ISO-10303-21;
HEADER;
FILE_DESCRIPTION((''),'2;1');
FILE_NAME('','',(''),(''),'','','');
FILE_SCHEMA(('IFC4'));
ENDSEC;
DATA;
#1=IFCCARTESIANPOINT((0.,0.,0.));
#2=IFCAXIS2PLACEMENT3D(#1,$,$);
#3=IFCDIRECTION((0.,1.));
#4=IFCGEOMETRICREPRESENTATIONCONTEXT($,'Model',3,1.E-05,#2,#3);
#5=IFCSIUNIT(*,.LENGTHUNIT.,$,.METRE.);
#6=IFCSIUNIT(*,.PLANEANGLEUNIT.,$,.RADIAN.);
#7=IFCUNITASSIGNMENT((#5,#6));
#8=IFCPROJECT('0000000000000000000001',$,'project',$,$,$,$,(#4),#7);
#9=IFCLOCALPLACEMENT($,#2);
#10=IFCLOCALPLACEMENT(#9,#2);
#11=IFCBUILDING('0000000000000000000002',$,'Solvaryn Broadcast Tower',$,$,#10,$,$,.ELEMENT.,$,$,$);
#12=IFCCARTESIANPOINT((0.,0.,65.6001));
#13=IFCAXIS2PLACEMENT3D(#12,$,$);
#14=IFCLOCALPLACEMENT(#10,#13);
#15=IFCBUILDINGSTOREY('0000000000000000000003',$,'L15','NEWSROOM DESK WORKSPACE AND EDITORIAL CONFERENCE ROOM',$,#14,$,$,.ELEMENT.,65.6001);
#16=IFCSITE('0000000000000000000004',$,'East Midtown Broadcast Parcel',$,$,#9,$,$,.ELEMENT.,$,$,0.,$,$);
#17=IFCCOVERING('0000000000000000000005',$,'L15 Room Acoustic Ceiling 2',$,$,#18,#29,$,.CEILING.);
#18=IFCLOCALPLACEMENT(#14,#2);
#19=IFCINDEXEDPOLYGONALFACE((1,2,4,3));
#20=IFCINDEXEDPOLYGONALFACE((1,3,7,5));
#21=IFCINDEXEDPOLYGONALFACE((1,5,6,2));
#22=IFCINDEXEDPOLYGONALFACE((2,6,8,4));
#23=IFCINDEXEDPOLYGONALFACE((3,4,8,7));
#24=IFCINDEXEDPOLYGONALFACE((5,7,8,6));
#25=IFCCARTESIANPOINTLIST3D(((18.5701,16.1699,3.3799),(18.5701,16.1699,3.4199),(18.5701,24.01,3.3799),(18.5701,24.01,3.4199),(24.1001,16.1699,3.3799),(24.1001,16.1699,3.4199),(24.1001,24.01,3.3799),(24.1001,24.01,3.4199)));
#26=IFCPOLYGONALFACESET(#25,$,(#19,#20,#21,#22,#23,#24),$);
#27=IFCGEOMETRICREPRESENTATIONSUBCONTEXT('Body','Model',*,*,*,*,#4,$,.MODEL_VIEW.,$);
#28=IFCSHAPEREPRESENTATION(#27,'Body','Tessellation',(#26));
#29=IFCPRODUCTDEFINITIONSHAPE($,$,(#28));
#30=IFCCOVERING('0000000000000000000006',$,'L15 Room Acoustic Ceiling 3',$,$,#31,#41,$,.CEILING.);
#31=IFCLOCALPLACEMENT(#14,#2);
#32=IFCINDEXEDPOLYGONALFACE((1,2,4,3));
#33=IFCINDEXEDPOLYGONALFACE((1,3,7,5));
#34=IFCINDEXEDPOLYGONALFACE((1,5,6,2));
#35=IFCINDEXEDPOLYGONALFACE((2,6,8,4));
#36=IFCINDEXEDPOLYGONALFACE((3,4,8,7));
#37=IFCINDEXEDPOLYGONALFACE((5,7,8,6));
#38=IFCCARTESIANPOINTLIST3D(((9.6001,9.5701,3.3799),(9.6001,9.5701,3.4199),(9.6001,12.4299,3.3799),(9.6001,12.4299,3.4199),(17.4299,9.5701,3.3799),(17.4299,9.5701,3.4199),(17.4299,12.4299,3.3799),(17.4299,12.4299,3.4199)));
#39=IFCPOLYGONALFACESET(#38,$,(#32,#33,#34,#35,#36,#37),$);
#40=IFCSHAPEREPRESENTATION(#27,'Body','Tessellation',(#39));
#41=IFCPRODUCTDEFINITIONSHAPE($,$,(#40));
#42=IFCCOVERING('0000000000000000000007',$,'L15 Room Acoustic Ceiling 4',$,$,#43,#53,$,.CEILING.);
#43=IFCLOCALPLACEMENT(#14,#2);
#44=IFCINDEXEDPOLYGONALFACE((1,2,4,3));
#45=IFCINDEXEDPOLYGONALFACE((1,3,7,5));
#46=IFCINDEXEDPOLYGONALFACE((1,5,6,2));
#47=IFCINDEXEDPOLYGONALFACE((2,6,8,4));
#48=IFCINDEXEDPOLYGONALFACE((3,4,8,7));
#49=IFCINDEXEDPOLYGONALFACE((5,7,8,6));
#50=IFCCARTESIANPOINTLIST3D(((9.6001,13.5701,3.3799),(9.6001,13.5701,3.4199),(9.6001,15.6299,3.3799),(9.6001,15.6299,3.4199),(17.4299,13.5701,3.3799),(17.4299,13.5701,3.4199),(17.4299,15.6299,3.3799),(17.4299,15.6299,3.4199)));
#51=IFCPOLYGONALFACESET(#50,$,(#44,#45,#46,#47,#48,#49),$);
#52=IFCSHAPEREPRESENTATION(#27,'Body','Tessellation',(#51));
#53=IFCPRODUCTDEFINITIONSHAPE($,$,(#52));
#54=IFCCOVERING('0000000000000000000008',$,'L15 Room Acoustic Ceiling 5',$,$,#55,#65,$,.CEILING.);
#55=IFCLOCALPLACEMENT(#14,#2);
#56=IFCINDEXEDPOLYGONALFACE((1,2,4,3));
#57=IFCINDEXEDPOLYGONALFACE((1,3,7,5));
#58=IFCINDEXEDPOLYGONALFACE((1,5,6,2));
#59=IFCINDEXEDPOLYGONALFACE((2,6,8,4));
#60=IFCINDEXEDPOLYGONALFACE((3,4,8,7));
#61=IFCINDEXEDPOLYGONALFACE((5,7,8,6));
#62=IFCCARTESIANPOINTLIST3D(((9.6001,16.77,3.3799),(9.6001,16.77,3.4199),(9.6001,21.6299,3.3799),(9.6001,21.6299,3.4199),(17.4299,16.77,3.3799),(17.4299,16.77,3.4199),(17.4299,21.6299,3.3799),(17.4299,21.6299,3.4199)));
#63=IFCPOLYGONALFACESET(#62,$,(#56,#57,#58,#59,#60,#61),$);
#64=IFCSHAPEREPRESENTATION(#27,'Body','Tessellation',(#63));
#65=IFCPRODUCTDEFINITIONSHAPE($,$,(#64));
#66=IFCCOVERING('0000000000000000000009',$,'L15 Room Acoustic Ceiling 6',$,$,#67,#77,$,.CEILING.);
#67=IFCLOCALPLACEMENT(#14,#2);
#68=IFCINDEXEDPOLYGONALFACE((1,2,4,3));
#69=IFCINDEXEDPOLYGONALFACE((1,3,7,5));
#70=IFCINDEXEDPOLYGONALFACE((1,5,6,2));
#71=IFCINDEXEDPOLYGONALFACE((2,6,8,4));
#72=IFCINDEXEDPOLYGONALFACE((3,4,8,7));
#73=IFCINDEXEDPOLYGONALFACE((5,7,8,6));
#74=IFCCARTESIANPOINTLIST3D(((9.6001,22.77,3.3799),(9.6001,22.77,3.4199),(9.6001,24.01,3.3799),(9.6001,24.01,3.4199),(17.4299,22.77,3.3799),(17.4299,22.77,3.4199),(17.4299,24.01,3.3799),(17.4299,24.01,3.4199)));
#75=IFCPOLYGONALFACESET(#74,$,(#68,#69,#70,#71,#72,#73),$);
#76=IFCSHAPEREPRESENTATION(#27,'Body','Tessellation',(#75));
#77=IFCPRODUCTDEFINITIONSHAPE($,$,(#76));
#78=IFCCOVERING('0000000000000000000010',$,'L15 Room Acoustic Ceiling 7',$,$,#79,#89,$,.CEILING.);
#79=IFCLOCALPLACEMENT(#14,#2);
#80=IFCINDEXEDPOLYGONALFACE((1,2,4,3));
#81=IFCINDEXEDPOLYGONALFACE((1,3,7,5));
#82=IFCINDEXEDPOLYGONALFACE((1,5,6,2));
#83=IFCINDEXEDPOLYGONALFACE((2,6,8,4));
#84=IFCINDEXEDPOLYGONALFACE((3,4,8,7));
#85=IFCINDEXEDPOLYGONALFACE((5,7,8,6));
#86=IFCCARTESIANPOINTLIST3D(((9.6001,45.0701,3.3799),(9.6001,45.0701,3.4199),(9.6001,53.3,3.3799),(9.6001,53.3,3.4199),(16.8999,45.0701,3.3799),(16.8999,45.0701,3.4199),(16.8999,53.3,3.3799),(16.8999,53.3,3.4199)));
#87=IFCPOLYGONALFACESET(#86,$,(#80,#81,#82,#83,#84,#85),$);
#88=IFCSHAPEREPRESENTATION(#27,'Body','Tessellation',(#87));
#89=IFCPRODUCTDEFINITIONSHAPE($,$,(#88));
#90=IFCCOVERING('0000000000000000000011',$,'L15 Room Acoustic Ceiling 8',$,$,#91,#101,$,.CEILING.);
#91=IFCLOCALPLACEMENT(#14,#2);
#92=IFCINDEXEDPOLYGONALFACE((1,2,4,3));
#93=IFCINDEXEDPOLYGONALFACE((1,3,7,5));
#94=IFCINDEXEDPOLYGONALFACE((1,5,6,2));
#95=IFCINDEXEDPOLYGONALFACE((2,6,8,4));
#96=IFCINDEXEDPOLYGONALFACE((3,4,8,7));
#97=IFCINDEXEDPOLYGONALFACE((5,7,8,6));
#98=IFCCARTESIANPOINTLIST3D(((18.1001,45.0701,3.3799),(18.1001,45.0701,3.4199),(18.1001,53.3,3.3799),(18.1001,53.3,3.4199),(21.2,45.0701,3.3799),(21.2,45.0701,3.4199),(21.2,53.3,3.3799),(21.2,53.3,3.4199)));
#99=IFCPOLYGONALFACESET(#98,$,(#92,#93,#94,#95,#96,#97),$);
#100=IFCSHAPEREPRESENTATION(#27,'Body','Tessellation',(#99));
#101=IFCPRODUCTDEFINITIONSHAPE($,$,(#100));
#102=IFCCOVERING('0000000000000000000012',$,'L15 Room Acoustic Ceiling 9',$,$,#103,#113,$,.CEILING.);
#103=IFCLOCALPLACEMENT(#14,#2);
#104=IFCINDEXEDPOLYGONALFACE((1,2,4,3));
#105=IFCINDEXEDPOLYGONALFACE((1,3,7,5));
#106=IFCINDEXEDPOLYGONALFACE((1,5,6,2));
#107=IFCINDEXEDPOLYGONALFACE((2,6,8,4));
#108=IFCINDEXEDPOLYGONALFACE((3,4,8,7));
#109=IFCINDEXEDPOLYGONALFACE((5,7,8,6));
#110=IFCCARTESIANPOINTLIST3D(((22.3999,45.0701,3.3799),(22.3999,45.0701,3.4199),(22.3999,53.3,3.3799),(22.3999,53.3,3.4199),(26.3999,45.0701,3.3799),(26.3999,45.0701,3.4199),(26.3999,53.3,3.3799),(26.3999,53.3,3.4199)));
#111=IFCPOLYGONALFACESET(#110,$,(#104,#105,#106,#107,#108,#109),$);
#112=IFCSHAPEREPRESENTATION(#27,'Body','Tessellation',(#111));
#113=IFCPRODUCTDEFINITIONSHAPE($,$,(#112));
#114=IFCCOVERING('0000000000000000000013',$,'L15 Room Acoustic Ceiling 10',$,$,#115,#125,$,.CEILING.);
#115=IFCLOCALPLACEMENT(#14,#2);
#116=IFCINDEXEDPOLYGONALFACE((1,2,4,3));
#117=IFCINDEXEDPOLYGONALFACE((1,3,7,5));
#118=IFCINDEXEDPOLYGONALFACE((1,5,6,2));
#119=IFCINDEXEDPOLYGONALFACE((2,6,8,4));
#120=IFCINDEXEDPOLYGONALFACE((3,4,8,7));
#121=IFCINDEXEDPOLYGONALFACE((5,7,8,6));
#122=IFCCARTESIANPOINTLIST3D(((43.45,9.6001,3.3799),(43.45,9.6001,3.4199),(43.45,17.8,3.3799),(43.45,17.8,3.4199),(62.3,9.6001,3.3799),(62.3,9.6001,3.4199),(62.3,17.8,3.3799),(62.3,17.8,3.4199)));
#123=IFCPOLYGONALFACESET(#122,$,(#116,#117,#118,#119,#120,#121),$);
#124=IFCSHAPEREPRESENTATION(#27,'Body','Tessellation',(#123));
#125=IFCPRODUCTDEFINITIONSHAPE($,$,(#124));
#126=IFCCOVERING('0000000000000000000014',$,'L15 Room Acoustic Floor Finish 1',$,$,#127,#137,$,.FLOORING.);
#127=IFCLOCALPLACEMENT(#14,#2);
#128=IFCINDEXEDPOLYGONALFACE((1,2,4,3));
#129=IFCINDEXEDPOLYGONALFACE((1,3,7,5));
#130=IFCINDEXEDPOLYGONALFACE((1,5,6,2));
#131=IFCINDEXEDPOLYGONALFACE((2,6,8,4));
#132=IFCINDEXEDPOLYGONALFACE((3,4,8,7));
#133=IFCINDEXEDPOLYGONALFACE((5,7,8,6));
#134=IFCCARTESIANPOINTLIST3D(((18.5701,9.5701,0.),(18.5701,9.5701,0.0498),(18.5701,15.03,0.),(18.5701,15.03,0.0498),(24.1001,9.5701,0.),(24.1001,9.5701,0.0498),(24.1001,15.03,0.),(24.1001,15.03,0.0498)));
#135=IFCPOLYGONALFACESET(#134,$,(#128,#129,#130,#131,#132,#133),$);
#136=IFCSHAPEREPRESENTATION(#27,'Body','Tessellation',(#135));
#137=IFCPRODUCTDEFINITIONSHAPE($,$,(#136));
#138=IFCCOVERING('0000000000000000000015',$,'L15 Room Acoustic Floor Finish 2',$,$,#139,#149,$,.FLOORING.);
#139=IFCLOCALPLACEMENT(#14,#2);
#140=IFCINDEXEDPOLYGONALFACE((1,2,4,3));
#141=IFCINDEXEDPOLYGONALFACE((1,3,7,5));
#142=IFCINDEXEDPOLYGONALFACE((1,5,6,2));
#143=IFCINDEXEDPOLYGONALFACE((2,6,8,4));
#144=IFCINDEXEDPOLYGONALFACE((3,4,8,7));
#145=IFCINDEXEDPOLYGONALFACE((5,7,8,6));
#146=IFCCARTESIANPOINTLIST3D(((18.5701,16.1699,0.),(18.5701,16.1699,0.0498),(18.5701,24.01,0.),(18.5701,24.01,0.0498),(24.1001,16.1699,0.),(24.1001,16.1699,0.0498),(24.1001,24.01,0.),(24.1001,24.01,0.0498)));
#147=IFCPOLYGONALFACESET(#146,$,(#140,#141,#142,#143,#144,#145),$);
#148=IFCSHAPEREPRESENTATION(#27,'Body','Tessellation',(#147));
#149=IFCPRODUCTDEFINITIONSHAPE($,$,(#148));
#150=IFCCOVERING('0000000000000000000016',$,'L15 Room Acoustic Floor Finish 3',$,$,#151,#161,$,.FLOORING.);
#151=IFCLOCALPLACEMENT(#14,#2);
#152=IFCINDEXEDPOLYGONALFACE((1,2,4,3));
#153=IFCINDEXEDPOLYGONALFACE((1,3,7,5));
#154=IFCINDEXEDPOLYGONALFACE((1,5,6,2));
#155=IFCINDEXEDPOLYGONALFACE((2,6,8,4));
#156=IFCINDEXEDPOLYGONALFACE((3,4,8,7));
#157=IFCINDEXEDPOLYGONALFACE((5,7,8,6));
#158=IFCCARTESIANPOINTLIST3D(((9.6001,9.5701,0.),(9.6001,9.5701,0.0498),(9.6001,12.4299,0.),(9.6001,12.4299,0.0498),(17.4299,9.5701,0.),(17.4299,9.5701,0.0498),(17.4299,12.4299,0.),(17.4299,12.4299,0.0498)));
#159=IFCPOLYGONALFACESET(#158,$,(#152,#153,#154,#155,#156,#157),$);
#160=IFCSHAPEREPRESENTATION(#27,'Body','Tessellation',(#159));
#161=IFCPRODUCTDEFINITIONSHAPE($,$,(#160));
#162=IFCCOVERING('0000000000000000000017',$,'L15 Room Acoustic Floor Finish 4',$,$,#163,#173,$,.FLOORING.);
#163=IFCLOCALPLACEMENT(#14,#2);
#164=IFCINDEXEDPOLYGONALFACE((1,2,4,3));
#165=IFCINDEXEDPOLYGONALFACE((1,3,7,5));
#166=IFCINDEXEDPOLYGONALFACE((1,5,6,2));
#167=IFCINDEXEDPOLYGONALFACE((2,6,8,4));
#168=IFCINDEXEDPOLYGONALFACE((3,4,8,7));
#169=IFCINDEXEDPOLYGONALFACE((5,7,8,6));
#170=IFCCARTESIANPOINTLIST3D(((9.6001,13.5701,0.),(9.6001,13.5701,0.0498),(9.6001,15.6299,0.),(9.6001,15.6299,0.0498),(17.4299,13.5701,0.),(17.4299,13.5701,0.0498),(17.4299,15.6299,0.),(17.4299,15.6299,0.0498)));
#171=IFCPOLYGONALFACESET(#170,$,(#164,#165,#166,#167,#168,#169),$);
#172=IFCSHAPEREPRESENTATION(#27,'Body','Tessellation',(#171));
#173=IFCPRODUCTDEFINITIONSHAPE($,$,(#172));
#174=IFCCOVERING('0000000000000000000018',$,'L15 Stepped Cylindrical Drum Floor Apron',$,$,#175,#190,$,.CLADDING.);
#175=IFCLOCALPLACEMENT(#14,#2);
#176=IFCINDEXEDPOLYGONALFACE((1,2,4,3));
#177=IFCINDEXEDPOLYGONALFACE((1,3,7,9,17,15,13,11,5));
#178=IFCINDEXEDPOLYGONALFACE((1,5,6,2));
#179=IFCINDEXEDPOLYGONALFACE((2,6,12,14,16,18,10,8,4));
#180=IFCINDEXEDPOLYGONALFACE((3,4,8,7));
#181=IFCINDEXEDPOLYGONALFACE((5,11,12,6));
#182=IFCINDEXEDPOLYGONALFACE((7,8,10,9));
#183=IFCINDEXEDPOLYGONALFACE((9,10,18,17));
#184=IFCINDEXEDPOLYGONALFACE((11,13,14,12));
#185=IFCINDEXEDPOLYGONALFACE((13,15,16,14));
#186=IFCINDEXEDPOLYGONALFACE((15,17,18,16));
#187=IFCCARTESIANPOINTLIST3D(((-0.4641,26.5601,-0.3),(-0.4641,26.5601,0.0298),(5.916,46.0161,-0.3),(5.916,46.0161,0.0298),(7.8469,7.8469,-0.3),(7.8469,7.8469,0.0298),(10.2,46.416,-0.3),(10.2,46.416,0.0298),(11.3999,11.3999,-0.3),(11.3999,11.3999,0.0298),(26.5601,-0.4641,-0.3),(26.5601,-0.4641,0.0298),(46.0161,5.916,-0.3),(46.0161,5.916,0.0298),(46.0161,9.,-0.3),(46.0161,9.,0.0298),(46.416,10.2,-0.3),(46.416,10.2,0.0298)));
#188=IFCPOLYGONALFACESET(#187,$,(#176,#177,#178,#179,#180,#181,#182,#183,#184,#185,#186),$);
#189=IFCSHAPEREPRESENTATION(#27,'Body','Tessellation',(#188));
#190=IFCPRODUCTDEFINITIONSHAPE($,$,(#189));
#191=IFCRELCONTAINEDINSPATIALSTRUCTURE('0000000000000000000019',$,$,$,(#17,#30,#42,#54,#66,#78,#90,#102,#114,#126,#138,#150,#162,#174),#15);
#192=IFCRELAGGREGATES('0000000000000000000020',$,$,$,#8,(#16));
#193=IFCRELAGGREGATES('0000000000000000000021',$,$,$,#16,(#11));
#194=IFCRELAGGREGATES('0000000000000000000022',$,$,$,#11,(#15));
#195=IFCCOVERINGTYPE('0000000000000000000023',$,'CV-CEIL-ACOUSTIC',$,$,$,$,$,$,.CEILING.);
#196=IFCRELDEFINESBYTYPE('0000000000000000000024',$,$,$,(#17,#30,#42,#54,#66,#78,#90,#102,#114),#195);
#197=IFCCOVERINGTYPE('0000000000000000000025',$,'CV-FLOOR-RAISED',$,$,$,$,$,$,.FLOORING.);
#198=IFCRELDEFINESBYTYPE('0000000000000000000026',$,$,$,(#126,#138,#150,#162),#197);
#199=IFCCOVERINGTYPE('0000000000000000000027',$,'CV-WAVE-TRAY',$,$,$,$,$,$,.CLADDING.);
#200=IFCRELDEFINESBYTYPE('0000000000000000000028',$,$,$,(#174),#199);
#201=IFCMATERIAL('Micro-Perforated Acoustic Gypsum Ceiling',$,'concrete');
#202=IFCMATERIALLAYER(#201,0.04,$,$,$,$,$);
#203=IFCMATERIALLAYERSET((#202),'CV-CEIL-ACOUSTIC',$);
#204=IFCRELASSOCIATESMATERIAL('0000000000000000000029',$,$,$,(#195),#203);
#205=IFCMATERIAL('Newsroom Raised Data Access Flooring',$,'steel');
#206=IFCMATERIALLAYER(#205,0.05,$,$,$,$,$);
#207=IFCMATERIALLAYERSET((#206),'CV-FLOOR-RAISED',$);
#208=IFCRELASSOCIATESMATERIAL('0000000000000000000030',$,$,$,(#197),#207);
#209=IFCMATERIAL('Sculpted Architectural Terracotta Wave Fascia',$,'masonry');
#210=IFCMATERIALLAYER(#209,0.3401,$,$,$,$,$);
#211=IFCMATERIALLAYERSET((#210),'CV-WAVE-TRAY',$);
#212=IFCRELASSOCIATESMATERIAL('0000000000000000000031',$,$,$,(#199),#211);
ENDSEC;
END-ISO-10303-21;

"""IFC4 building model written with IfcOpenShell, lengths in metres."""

from ifc_helpers import new_model, si_unit, direction, frame, origin, place, context, subcontext, project, spatial, polyline, outline, extrude, material, layer, layer_set, type_object, element, save


model = new_model("IFC4")

# Units and contexts
model_context = context("Model", 3, precision=1e-05, world=origin(), true_north=direction((0.0, 1.0)))
body_context = subcontext(model_context, "Body", "Model", "MODEL_VIEW")
ifc_project = project(units=[si_unit("LENGTHUNIT", "METRE"), si_unit("PLANEANGLEUNIT", "RADIAN")], contexts=[model_context])

# Site, building, storey
site_placement = place(None, origin())
site = spatial("IfcSite", under=ifc_project, at=site_placement, Name="East Midtown Broadcast Parcel", CompositionType="ELEMENT", RefElevation=0.0)
building_placement = place(site_placement, origin())
building = spatial("IfcBuilding", under=site, at=building_placement, Name="Solvaryn Broadcast Tower", CompositionType="ELEMENT")
storey_placement = place(building_placement, frame((0.0, 0.0, 65.6001)))
storey = spatial("IfcBuildingStorey", under=building, at=storey_placement, Name="L15", Description="NEWSROOM DESK WORKSPACE AND EDITORIAL CONFERENCE ROOM", CompositionType="ELEMENT", Elevation=65.6001)

# Coverings
ifc_material_1 = material(Name="Micro-Perforated Acoustic Gypsum Ceiling", Category="concrete")
ifc_layer_1 = layer(ifc_material_1, 0.04)
ifc_layer_set_1 = layer_set([ifc_layer_1], Name="CV-CEIL-ACOUSTIC")
covering_type_1 = type_object("IfcCoveringType", Name="CV-CEIL-ACOUSTIC", PredefinedType="CEILING", material=ifc_layer_set_1)
covering_1_placement = place(storey_placement, frame((0.0, 0.0, 3.3799)))
element("IfcCovering", 1, at=covering_1_placement, inside=storey, type_object=covering_type_1, Name="L15 Room Acoustic Ceiling 2", PredefinedType="CEILING", context=body_context, shape_type="SweptSolid", body=[
    extrude(outline(polyline([(18.5701, 16.1699), (24.1001, 16.1699), (24.1001, 24.01), (18.5701, 24.01), (18.5701, 16.1699)])), origin(), (0.0, 0.0, 1.0), 0.04),
])
covering_2_placement = place(storey_placement, frame((0.0, 0.0, 3.3799)))
element("IfcCovering", 2, at=covering_2_placement, inside=storey, type_object=covering_type_1, Name="L15 Room Acoustic Ceiling 3", PredefinedType="CEILING", context=body_context, shape_type="SweptSolid", body=[
    extrude(outline(polyline([(9.6001, 9.5701), (17.4299, 9.5701), (17.4299, 12.4299), (9.6001, 12.4299), (9.6001, 9.5701)])), origin(), (0.0, 0.0, 1.0), 0.04),
])
covering_3_placement = place(storey_placement, frame((0.0, 0.0, 3.3799)))
element("IfcCovering", 3, at=covering_3_placement, inside=storey, type_object=covering_type_1, Name="L15 Room Acoustic Ceiling 4", PredefinedType="CEILING", context=body_context, shape_type="SweptSolid", body=[
    extrude(outline(polyline([(9.6001, 13.5701), (17.4299, 13.5701), (17.4299, 15.6299), (9.6001, 15.6299), (9.6001, 13.5701)])), origin(), (0.0, 0.0, 1.0), 0.04),
])
covering_4_placement = place(storey_placement, frame((0.0, 0.0, 3.3799)))
element("IfcCovering", 4, at=covering_4_placement, inside=storey, type_object=covering_type_1, Name="L15 Room Acoustic Ceiling 5", PredefinedType="CEILING", context=body_context, shape_type="SweptSolid", body=[
    extrude(outline(polyline([(9.6001, 16.77), (17.4299, 16.77), (17.4299, 21.6299), (9.6001, 21.6299), (9.6001, 16.77)])), origin(), (0.0, 0.0, 1.0), 0.04),
])
covering_5_placement = place(storey_placement, frame((0.0, 0.0, 3.3799)))
element("IfcCovering", 5, at=covering_5_placement, inside=storey, type_object=covering_type_1, Name="L15 Room Acoustic Ceiling 6", PredefinedType="CEILING", context=body_context, shape_type="SweptSolid", body=[
    extrude(outline(polyline([(9.6001, 22.77), (17.4299, 22.77), (17.4299, 24.01), (9.6001, 24.01), (9.6001, 22.77)])), origin(), (0.0, 0.0, 1.0), 0.04),
])
covering_6_placement = place(storey_placement, frame((0.0, 0.0, 3.3799)))
element("IfcCovering", 6, at=covering_6_placement, inside=storey, type_object=covering_type_1, Name="L15 Room Acoustic Ceiling 7", PredefinedType="CEILING", context=body_context, shape_type="SweptSolid", body=[
    extrude(outline(polyline([(9.6001, 45.0701), (16.8999, 45.0701), (16.8999, 53.3), (9.6001, 53.3), (9.6001, 45.0701)])), origin(), (0.0, 0.0, 1.0), 0.04),
])
covering_7_placement = place(storey_placement, frame((0.0, 0.0, 3.3799)))
element("IfcCovering", 7, at=covering_7_placement, inside=storey, type_object=covering_type_1, Name="L15 Room Acoustic Ceiling 8", PredefinedType="CEILING", context=body_context, shape_type="SweptSolid", body=[
    extrude(outline(polyline([(18.1001, 45.0701), (21.2, 45.0701), (21.2, 53.3), (18.1001, 53.3), (18.1001, 45.0701)])), origin(), (0.0, 0.0, 1.0), 0.04),
])
covering_8_placement = place(storey_placement, frame((0.0, 0.0, 3.3799)))
element("IfcCovering", 8, at=covering_8_placement, inside=storey, type_object=covering_type_1, Name="L15 Room Acoustic Ceiling 9", PredefinedType="CEILING", context=body_context, shape_type="SweptSolid", body=[
    extrude(outline(polyline([(22.3999, 45.0701), (26.3999, 45.0701), (26.3999, 53.3), (22.3999, 53.3), (22.3999, 45.0701)])), origin(), (0.0, 0.0, 1.0), 0.04),
])
covering_9_placement = place(storey_placement, frame((0.0, 0.0, 3.3799)))
element("IfcCovering", 9, at=covering_9_placement, inside=storey, type_object=covering_type_1, Name="L15 Room Acoustic Ceiling 10", PredefinedType="CEILING", context=body_context, shape_type="SweptSolid", body=[
    extrude(outline(polyline([(43.45, 9.6001), (62.3, 9.6001), (62.3, 17.8), (43.45, 17.8), (43.45, 9.6001)])), origin(), (0.0, 0.0, 1.0), 0.04),
])
ifc_material_2 = material(Name="Newsroom Raised Data Access Flooring", Category="steel")
ifc_layer_2 = layer(ifc_material_2, 0.05)
ifc_layer_set_2 = layer_set([ifc_layer_2], Name="CV-FLOOR-RAISED")
covering_type_2 = type_object("IfcCoveringType", Name="CV-FLOOR-RAISED", PredefinedType="FLOORING", material=ifc_layer_set_2)
covering_10_placement = place(storey_placement, origin())
element("IfcCovering", 10, at=covering_10_placement, inside=storey, type_object=covering_type_2, Name="L15 Room Acoustic Floor Finish 1", PredefinedType="FLOORING", context=body_context, shape_type="SweptSolid", body=[
    extrude(outline(polyline([(18.5701, 9.5701), (24.1001, 9.5701), (24.1001, 15.03), (18.5701, 15.03), (18.5701, 9.5701)])), origin(), (0.0, 0.0, 1.0), 0.0498),
])
covering_11_placement = place(storey_placement, origin())
element("IfcCovering", 11, at=covering_11_placement, inside=storey, type_object=covering_type_2, Name="L15 Room Acoustic Floor Finish 2", PredefinedType="FLOORING", context=body_context, shape_type="SweptSolid", body=[
    extrude(outline(polyline([(18.5701, 16.1699), (24.1001, 16.1699), (24.1001, 24.01), (18.5701, 24.01), (18.5701, 16.1699)])), origin(), (0.0, 0.0, 1.0), 0.0498),
])
covering_12_placement = place(storey_placement, origin())
element("IfcCovering", 12, at=covering_12_placement, inside=storey, type_object=covering_type_2, Name="L15 Room Acoustic Floor Finish 3", PredefinedType="FLOORING", context=body_context, shape_type="SweptSolid", body=[
    extrude(outline(polyline([(9.6001, 9.5701), (17.4299, 9.5701), (17.4299, 12.4299), (9.6001, 12.4299), (9.6001, 9.5701)])), origin(), (0.0, 0.0, 1.0), 0.0498),
])
covering_13_placement = place(storey_placement, origin())
element("IfcCovering", 13, at=covering_13_placement, inside=storey, type_object=covering_type_2, Name="L15 Room Acoustic Floor Finish 4", PredefinedType="FLOORING", context=body_context, shape_type="SweptSolid", body=[
    extrude(outline(polyline([(9.6001, 13.5701), (17.4299, 13.5701), (17.4299, 15.6299), (9.6001, 15.6299), (9.6001, 13.5701)])), origin(), (0.0, 0.0, 1.0), 0.0498),
])
ifc_material_3 = material(Name="Sculpted Architectural Terracotta Wave Fascia", Category="masonry")
ifc_layer_3 = layer(ifc_material_3, 0.3401)
ifc_layer_set_3 = layer_set([ifc_layer_3], Name="CV-WAVE-TRAY")
covering_type_3 = type_object("IfcCoveringType", Name="CV-WAVE-TRAY", PredefinedType="CLADDING", material=ifc_layer_set_3)
covering_14_placement = place(storey_placement, frame((0.0, 0.0, -0.3)))
element("IfcCovering", 14, at=covering_14_placement, inside=storey, type_object=covering_type_3, Name="L15 Stepped Cylindrical Drum Floor Apron", PredefinedType="CLADDING", context=body_context, shape_type="SweptSolid", body=[
    extrude(outline(polyline([(10.2, 46.416), (5.916, 46.0161), (-0.4641, 26.5601), (7.8469, 7.8469), (26.5601, -0.4641), (46.0161, 5.916), (46.0161, 9.0), (46.416, 10.2), (11.3999, 11.3999), (10.2, 46.416)])), origin(), (0.0, 0.0, 1.0), 0.3298),
])

save(model, "model.ifc")
